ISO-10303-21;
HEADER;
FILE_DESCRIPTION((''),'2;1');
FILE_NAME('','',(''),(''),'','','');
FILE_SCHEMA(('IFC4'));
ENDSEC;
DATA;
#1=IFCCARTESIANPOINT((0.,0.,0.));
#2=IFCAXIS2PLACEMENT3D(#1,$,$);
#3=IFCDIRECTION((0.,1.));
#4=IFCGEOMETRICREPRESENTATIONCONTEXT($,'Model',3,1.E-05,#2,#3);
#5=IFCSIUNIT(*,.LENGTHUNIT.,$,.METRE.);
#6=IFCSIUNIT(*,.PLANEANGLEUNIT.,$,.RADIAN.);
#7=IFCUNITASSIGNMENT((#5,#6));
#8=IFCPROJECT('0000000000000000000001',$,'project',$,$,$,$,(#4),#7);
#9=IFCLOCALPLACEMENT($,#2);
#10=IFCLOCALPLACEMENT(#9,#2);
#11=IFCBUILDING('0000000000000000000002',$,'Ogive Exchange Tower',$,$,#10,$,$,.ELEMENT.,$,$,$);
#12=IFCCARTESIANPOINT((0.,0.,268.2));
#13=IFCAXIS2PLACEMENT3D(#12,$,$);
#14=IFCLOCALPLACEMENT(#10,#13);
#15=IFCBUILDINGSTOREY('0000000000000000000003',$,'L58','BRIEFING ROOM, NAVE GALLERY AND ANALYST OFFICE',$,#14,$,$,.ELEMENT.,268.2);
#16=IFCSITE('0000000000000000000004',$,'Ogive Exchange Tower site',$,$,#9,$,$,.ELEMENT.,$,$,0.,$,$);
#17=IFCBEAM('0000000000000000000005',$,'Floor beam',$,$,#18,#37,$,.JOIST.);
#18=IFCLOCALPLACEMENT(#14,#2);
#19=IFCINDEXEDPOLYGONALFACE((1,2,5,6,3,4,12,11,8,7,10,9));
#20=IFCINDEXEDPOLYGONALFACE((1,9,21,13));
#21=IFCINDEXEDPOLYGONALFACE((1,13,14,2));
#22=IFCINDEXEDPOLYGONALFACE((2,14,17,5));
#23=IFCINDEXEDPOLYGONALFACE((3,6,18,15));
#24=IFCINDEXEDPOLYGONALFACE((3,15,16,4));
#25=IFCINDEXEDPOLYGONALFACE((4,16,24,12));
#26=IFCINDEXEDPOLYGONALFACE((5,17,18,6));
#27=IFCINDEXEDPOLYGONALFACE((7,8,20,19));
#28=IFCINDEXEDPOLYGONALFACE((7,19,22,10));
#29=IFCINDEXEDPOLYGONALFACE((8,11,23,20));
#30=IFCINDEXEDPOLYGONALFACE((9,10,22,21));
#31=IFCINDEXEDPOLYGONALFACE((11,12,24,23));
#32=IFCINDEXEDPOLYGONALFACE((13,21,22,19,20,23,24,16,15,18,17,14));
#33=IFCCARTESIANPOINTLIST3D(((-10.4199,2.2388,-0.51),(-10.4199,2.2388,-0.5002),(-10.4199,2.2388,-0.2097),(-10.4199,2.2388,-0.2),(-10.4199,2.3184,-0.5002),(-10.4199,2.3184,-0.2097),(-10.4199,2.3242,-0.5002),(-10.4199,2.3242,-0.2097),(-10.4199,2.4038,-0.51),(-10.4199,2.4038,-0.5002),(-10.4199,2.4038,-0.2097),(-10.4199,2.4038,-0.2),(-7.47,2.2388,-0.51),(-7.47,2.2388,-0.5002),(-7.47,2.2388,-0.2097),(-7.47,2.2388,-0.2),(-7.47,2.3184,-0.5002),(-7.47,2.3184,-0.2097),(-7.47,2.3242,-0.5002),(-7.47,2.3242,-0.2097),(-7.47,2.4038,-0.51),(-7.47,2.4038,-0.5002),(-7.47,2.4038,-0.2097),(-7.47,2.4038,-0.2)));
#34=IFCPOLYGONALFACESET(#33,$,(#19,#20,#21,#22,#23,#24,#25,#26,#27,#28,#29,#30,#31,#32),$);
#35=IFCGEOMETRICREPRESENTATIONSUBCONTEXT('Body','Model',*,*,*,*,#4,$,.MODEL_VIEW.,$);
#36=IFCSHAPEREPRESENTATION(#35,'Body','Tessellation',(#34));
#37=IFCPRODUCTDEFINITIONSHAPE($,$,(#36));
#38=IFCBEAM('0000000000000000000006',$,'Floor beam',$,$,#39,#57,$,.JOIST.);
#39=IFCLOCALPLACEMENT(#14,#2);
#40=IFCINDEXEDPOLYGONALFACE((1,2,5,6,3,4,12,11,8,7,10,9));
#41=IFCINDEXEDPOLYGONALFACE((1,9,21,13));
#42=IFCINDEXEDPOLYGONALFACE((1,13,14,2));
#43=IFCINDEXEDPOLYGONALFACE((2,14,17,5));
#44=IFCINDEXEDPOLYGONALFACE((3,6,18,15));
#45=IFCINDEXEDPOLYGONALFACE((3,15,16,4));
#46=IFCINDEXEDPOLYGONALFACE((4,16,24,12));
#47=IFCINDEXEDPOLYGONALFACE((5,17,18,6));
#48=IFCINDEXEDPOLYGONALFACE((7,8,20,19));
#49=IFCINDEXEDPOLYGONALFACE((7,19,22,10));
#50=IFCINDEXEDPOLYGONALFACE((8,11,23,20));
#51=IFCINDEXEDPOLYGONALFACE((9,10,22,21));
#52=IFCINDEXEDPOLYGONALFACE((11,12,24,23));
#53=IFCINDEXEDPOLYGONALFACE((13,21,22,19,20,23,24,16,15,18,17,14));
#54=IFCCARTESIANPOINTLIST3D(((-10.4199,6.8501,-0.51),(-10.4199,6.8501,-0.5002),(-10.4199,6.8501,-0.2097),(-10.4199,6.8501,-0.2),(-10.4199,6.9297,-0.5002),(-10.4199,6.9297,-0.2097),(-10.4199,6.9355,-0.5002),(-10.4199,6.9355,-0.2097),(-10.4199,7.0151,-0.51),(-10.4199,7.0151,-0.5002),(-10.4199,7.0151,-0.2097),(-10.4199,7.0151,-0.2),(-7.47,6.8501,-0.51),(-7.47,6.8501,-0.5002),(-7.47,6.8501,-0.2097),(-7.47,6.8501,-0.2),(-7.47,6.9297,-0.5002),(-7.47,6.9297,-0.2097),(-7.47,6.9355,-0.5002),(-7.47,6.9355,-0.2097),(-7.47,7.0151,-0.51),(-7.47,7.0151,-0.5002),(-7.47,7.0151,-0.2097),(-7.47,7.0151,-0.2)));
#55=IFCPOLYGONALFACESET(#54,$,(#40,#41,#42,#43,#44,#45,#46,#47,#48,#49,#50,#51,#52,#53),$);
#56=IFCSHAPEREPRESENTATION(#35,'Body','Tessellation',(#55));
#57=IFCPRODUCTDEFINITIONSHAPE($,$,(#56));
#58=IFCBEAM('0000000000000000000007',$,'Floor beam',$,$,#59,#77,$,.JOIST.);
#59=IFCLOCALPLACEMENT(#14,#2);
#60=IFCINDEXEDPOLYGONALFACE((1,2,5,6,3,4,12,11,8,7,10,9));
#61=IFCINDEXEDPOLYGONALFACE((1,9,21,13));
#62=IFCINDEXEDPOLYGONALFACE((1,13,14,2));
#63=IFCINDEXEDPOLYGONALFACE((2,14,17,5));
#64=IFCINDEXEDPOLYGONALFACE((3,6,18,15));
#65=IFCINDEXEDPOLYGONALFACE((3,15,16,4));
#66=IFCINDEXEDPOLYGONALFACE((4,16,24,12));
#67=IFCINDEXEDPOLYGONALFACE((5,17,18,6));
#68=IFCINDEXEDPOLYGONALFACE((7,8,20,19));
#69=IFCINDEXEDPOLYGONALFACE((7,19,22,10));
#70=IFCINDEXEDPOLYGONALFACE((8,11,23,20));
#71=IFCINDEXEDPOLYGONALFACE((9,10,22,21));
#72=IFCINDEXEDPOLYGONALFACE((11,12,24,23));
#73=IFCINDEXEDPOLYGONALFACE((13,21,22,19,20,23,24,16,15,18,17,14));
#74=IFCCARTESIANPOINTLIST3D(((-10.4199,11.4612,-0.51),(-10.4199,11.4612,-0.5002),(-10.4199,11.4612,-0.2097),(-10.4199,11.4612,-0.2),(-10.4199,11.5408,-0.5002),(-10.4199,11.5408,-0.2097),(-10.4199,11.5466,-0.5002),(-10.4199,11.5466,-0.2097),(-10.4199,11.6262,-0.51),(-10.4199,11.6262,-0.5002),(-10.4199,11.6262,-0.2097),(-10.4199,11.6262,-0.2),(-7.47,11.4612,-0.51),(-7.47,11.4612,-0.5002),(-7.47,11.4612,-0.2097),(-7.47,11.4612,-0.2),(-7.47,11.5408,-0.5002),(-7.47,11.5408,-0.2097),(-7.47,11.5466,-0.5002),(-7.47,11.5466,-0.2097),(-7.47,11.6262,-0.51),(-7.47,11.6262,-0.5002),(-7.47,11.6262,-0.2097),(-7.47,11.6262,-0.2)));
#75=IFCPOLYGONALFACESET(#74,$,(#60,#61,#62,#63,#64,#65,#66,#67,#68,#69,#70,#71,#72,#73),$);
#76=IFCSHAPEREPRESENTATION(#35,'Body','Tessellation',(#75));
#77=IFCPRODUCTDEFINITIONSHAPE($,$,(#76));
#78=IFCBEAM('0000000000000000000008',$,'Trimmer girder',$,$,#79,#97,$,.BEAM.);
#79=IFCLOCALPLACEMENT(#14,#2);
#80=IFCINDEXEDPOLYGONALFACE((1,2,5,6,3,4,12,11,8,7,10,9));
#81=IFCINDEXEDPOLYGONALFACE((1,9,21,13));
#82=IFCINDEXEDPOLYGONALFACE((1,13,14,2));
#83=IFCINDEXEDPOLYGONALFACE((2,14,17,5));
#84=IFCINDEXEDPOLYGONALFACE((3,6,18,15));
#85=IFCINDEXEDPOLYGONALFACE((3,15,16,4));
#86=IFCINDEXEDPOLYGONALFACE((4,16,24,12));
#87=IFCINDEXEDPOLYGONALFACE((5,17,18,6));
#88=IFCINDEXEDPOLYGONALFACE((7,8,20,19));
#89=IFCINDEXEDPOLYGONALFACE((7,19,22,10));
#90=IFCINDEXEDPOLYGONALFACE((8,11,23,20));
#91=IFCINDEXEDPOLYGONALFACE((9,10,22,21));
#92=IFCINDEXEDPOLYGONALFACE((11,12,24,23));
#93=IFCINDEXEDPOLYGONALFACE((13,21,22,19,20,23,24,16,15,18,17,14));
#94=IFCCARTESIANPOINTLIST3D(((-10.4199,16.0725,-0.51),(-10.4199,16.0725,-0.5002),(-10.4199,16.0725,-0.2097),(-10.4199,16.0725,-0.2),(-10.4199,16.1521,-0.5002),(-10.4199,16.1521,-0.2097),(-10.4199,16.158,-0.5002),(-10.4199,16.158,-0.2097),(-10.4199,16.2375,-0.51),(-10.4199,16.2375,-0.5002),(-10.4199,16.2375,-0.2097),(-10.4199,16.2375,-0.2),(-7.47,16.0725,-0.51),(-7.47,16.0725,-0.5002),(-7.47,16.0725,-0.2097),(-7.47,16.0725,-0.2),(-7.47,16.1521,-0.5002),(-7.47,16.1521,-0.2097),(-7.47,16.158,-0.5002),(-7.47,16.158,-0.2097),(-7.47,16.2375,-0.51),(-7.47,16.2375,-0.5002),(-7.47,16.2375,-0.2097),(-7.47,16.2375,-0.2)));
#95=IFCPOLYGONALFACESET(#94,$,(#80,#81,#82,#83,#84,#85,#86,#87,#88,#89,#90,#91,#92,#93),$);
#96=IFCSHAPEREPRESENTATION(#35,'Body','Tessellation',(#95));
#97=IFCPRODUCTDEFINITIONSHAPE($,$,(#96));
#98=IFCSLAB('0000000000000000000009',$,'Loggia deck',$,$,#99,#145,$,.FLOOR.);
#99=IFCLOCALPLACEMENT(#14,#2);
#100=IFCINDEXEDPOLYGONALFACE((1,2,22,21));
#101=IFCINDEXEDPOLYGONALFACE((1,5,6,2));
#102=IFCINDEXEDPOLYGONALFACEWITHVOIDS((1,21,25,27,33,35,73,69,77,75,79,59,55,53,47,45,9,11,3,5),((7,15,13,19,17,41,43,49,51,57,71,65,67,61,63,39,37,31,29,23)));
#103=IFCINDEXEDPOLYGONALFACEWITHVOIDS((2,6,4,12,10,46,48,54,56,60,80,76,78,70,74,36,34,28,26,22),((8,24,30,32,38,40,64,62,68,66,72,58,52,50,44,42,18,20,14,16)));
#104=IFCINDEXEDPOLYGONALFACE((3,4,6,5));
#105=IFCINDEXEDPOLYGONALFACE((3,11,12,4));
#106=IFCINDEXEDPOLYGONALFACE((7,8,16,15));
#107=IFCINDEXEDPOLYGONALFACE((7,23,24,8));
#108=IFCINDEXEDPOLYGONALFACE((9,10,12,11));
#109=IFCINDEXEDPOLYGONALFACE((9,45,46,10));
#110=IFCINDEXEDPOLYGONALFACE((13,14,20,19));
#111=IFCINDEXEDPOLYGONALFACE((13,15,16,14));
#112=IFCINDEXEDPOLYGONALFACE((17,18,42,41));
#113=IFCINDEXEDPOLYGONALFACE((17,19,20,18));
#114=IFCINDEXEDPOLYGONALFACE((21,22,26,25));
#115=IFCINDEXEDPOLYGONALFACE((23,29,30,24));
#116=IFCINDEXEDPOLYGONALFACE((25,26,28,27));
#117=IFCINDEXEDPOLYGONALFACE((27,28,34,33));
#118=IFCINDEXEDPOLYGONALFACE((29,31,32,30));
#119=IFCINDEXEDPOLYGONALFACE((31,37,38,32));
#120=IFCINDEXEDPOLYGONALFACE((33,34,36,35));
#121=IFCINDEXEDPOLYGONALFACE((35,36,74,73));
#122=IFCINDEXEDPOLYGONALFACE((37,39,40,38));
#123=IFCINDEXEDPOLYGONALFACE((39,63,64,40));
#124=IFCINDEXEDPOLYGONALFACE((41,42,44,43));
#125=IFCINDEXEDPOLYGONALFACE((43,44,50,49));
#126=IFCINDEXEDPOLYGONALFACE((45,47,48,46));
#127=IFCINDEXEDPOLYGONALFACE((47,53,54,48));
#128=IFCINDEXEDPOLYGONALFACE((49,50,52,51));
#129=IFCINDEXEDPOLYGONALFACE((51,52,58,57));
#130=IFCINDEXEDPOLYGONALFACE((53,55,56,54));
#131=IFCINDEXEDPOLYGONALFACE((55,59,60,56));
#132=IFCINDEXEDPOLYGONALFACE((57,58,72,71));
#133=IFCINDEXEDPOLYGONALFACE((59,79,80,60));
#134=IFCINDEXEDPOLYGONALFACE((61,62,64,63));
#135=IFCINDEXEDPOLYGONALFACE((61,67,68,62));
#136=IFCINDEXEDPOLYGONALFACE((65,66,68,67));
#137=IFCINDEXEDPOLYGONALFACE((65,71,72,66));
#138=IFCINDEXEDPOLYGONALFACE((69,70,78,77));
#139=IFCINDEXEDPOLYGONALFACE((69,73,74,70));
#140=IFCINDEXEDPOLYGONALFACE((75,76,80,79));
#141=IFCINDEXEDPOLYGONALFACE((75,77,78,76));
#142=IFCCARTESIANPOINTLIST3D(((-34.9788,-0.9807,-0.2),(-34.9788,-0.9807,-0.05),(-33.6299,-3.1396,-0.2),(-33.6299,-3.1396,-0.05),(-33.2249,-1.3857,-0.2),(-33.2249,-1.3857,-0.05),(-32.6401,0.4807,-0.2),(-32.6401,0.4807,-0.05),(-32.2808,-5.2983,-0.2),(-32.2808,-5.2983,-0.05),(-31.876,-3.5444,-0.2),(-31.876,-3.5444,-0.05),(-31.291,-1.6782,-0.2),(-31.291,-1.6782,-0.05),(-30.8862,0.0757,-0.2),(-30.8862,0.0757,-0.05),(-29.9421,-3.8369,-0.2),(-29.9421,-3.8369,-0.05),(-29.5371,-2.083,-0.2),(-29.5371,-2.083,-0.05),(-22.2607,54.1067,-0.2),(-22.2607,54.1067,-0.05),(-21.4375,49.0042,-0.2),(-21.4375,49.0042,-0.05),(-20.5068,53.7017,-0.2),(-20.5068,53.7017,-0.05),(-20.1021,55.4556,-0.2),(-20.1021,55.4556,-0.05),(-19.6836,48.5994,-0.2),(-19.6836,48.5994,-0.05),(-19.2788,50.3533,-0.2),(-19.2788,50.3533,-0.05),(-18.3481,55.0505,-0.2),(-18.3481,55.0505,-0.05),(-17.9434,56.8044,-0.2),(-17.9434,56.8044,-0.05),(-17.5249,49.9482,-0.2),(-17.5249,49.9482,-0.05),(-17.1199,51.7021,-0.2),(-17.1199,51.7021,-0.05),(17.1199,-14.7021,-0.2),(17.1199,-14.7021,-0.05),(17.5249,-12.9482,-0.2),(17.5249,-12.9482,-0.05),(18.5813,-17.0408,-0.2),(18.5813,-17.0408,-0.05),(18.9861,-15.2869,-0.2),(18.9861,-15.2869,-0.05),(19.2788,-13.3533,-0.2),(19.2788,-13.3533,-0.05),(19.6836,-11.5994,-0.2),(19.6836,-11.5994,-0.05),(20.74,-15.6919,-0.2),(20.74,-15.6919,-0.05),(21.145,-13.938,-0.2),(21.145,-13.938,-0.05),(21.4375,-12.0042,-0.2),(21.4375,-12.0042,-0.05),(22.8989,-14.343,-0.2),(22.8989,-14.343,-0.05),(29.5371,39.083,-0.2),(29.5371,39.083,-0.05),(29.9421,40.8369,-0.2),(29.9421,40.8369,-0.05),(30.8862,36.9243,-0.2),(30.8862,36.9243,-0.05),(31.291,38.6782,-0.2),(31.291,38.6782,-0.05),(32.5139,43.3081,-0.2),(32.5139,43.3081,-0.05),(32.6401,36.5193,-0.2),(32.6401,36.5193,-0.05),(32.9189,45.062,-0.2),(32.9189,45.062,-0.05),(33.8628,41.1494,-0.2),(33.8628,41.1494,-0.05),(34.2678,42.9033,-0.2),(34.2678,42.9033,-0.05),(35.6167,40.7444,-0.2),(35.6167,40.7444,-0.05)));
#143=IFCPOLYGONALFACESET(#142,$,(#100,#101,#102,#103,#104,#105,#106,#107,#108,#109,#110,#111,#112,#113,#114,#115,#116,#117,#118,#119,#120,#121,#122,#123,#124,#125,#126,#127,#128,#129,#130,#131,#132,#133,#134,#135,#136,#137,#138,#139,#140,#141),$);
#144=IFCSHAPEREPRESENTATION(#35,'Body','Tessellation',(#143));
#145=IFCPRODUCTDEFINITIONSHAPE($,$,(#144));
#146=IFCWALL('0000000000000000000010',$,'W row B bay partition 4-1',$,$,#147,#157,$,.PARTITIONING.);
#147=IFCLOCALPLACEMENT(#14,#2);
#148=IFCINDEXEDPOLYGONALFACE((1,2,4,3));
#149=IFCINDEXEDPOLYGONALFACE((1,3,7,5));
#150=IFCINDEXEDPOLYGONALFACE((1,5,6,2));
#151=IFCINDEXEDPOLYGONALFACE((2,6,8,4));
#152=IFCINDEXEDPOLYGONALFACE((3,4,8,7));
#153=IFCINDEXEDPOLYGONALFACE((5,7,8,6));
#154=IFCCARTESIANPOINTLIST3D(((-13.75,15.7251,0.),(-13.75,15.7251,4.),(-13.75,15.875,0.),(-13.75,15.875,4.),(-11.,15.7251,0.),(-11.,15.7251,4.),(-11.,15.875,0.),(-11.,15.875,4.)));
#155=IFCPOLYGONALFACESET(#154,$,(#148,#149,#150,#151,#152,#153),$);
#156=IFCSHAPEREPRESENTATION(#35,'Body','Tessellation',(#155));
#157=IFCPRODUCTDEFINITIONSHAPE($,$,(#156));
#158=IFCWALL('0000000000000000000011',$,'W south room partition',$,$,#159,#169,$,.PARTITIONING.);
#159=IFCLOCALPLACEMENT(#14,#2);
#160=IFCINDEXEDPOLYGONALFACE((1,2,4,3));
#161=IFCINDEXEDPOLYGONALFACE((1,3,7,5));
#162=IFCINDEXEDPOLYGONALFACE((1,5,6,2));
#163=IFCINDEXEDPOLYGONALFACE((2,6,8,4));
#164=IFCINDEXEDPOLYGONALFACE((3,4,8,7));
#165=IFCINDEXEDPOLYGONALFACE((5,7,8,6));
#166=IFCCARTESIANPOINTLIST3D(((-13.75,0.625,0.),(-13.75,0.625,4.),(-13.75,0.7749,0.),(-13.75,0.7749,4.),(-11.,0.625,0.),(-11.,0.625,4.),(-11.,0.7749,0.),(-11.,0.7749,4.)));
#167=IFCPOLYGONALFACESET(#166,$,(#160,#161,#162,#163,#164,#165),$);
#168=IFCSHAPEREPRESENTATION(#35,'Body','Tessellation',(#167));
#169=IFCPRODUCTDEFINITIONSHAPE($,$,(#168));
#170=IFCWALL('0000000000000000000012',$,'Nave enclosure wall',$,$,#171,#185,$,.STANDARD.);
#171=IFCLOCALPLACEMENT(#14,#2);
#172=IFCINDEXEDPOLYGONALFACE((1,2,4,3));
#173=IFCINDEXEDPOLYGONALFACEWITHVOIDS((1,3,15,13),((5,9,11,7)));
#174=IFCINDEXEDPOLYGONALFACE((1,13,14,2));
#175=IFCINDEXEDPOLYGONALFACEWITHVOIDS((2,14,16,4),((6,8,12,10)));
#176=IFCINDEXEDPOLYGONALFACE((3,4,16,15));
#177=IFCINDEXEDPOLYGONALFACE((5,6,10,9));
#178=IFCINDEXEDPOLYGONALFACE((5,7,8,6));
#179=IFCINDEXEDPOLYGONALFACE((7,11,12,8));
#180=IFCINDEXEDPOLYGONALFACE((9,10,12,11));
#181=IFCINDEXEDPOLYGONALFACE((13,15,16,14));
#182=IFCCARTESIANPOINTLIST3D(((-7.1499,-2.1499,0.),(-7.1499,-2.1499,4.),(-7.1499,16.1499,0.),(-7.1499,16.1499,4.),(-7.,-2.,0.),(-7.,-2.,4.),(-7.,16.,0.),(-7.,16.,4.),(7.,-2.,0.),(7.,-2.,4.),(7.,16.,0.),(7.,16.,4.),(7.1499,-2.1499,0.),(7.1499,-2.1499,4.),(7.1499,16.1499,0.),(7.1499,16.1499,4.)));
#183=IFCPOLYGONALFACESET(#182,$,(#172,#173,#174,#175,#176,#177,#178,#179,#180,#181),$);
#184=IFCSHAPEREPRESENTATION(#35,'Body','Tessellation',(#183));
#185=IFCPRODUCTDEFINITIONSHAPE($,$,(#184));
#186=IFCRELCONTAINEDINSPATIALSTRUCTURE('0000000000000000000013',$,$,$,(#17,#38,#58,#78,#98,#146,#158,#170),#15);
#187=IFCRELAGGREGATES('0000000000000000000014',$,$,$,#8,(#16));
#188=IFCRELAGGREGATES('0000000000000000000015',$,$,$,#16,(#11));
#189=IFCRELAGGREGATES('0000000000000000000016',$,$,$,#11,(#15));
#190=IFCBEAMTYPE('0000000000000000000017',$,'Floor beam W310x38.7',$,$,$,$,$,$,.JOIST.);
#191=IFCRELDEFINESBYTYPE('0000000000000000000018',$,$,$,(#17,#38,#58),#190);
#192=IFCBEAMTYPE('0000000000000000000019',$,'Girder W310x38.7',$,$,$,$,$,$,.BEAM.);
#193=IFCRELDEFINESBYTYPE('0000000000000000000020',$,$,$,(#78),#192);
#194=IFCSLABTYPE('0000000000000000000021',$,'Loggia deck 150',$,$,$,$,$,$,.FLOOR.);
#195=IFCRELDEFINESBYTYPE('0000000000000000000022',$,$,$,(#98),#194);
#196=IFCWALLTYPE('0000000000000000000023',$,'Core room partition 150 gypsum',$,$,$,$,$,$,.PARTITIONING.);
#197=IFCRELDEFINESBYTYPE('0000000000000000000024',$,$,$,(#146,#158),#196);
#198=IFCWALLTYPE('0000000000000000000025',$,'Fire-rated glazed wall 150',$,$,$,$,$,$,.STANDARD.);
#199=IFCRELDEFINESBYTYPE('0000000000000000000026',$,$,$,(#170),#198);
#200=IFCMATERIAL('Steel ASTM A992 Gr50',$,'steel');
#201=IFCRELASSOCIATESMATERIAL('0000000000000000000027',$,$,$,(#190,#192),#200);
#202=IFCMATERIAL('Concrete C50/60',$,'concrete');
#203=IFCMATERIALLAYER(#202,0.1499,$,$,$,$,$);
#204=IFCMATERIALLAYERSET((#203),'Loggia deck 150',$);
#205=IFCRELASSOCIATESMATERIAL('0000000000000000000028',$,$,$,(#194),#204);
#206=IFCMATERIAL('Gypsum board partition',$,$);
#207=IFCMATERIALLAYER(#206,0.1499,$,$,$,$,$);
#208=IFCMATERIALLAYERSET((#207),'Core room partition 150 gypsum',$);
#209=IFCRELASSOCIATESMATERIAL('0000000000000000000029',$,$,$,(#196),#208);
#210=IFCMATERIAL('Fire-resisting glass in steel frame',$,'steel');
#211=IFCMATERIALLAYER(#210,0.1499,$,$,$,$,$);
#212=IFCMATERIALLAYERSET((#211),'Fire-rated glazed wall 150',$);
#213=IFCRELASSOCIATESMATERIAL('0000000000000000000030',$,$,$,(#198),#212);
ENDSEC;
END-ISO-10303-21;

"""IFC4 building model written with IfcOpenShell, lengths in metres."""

from ifc_helpers import new_model, si_unit, direction, frame, frame_2d, origin, origin_2d, place, context, subcontext, project, spatial, polyline, rectangle, i_section, outline, extrude, material, layer, layer_set, material_profile, profile_set, type_object, element, save


model = new_model("IFC4")

# Units and contexts
model_context = context("Model", 3, precision=1e-05, world=origin(), true_north=direction((0.0, 1.0)))
body_context = subcontext(model_context, "Body", "Model", "MODEL_VIEW")
ifc_project = project(units=[si_unit("LENGTHUNIT", "METRE"), si_unit("PLANEANGLEUNIT", "RADIAN")], contexts=[model_context])

# Site, building, storey
site_placement = place(None, origin())
site = spatial("IfcSite", under=ifc_project, at=site_placement, Name="Ogive Exchange Tower site", CompositionType="ELEMENT", RefElevation=0.0)
building_placement = place(site_placement, origin())
building = spatial("IfcBuilding", under=site, at=building_placement, Name="Ogive Exchange Tower", CompositionType="ELEMENT")
storey_placement = place(building_placement, frame((0.0, 0.0, 268.2)))
storey = spatial("IfcBuildingStorey", under=building, at=storey_placement, Name="L58", Description="BRIEFING ROOM, NAVE GALLERY AND ANALYST OFFICE", CompositionType="ELEMENT", Elevation=268.2)

# Beams
ifc_material_1 = material(Name="Steel ASTM A992 Gr50", Category="steel")
ifc_material_profile_1 = material_profile(ifc_material_1, i_section(OverallWidth=0.165, OverallDepth=0.3101, WebThickness=0.0059, FlangeThickness=0.0098, at=origin_2d()), Name="W310x38.7")
ifc_profile_set_1 = profile_set([ifc_material_profile_1], Name="Steel ASTM A992 Gr50")
beam_type_1 = type_object("IfcBeamType", Name="Floor beam W310x38.7", PredefinedType="JOIST", material=ifc_profile_set_1)
for number, where, z_axis, x_axis, name in (
    (1, (-10.4199, 2.3213, -0.355), (1.0, 0.0, 0.0), (0.0, 1.0, 0.0), "Floor beam"),
    (2, (-10.4199, 6.9326, -0.355), (1.0, 0.0, 0.0), (0.0, 1.0, 0.0), "Floor beam"),
    (3, (-10.4199, 11.5437, -0.355), (1.0, 0.0, 0.0), (0.0, 1.0, 0.0), "Floor beam"),
):
    element("IfcBeam", number, at=place(storey_placement, frame(where, z_axis=z_axis, x_axis=x_axis)), inside=storey, type_object=beam_type_1, Name=name, PredefinedType="JOIST", context=body_context, shape_type="SweptSolid", body=[
        extrude(i_section(OverallWidth=0.165, OverallDepth=0.3101, WebThickness=0.0059, FlangeThickness=0.0098, at=origin_2d()), origin(), (0.0, 0.0, 1.0), 2.95),
    ])
ifc_material_profile_2 = material_profile(ifc_material_1, i_section(OverallWidth=0.165, OverallDepth=0.3101, WebThickness=0.0059, FlangeThickness=0.0098, at=origin_2d()), Name="W310x38.7")
ifc_profile_set_2 = profile_set([ifc_material_profile_2], Name="Steel ASTM A992 Gr50")
beam_type_2 = type_object("IfcBeamType", Name="Girder W310x38.7", PredefinedType="BEAM", material=ifc_profile_set_2)
beam_placement = place(storey_placement, frame((-10.4199, 16.155, -0.355), z_axis=(1.0, 0.0, 0.0), x_axis=(0.0, 1.0, 0.0)))
element("IfcBeam", 4, at=beam_placement, inside=storey, type_object=beam_type_2, Name="Trimmer girder", PredefinedType="BEAM", context=body_context, shape_type="SweptSolid", body=[
    extrude(i_section(OverallWidth=0.165, OverallDepth=0.3101, WebThickness=0.0059, FlangeThickness=0.0098, at=origin_2d()), origin(), (0.0, 0.0, 1.0), 2.95),
])

# Slab
ifc_material_2 = material(Name="Concrete C50/60", Category="concrete")
ifc_layer_1 = layer(ifc_material_2, 0.1499)
ifc_layer_set_1 = layer_set([ifc_layer_1], Name="Loggia deck 150")
slab_type = type_object("IfcSlabType", Name="Loggia deck 150", PredefinedType="FLOOR", material=ifc_layer_set_1)
slab_placement = place(storey_placement, frame((0.0, 0.0, -0.2)))
element("IfcSlab", 5, at=slab_placement, inside=storey, type_object=slab_type, Name="Loggia deck", PredefinedType="FLOOR", context=body_context, shape_type="SweptSolid", body=[
    extrude(outline(polyline([(-31.876, -3.5444), (-33.6299, -3.1396), (-33.2249, -1.3857), (-34.9788, -0.9807), (-22.2607, 54.1067), (-20.5068, 53.7017), (-20.1021, 55.4556), (-18.3481, 55.0505), (-17.9434, 56.8044), (32.9189, 45.062), (32.5139, 43.3081), (34.2678, 42.9033), (33.8628, 41.1494), (35.6167, 40.7444), (22.8989, -14.343), (21.145, -13.938), (20.74, -15.6919), (18.9861, -15.2869), (18.5813, -17.0408), (-32.2808, -5.2983), (-31.876, -3.5444)]), holes=[polyline([(17.5249, -12.9482), (19.2788, -13.3533), (19.6836, -11.5994), (21.4375, -12.0042), (32.6401, 36.5193), (30.8862, 36.9243), (31.291, 38.6782), (29.5371, 39.083), (29.9421, 40.8369), (-17.1199, 51.7021), (-17.5249, 49.9482), (-19.2788, 50.3533), (-19.6836, 48.5994), (-21.4375, 49.0042), (-32.6401, 0.4807), (-30.8862, 0.0757), (-31.291, -1.6782), (-29.5371, -2.083), (-29.9421, -3.8369), (17.1199, -14.7021), (17.5249, -12.9482)])]), origin(), (0.0, 0.0, 1.0), 0.1499),
])

# Walls
ifc_material_3 = material(Name="Gypsum board partition")
ifc_layer_2 = layer(ifc_material_3, 0.1499)
ifc_layer_set_2 = layer_set([ifc_layer_2], Name="Core room partition 150 gypsum")
wall_type_1 = type_object("IfcWallType", Name="Core room partition 150 gypsum", PredefinedType="PARTITIONING", material=ifc_layer_set_2)
for number, where, z_axis, x_axis, name in (
    (6, (-13.75, 15.8, 0.0), (0.0, 0.0, 1.0), (1.0, 0.0, 0.0), "W row B bay partition 4-1"),
    (7, (-13.75, 0.7, 0.0), (0.0, 0.0, 1.0), (1.0, 0.0, 0.0), "W south room partition"),
):
    element("IfcWall", number, at=place(storey_placement, frame(where, z_axis=z_axis, x_axis=x_axis)), inside=storey, type_object=wall_type_1, Name=name, PredefinedType="PARTITIONING", context=body_context, shape_type="SweptSolid", body=[
        extrude(rectangle(XDim=2.75, YDim=0.1499, at=frame_2d((1.375, 0.0))), origin(), (0.0, 0.0, 1.0), 4.0),
    ])
ifc_material_4 = material(Name="Fire-resisting glass in steel frame", Category="steel")
ifc_layer_3 = layer(ifc_material_4, 0.1499)
ifc_layer_set_3 = layer_set([ifc_layer_3], Name="Fire-rated glazed wall 150")
wall_type_2 = type_object("IfcWallType", Name="Fire-rated glazed wall 150", PredefinedType="STANDARD", material=ifc_layer_set_3)
wall_1_placement = place(storey_placement, origin())
element("IfcWall", 8, at=wall_1_placement, inside=storey, type_object=wall_type_2, Name="Nave enclosure wall", PredefinedType="STANDARD", context=body_context, shape_type="SweptSolid", body=[
    extrude(outline(polyline([(-7.1499, -2.1499), (7.1499, -2.1499), (7.1499, 16.1499), (-7.1499, 16.1499), (-7.1499, -2.1499)]), holes=[polyline([(-7.0, -2.0), (-7.0, 16.0), (7.0, 16.0), (7.0, -2.0), (-7.0, -2.0)])]), origin(), (0.0, 0.0, 1.0), 4.0),
])

save(model, "model.ifc")
